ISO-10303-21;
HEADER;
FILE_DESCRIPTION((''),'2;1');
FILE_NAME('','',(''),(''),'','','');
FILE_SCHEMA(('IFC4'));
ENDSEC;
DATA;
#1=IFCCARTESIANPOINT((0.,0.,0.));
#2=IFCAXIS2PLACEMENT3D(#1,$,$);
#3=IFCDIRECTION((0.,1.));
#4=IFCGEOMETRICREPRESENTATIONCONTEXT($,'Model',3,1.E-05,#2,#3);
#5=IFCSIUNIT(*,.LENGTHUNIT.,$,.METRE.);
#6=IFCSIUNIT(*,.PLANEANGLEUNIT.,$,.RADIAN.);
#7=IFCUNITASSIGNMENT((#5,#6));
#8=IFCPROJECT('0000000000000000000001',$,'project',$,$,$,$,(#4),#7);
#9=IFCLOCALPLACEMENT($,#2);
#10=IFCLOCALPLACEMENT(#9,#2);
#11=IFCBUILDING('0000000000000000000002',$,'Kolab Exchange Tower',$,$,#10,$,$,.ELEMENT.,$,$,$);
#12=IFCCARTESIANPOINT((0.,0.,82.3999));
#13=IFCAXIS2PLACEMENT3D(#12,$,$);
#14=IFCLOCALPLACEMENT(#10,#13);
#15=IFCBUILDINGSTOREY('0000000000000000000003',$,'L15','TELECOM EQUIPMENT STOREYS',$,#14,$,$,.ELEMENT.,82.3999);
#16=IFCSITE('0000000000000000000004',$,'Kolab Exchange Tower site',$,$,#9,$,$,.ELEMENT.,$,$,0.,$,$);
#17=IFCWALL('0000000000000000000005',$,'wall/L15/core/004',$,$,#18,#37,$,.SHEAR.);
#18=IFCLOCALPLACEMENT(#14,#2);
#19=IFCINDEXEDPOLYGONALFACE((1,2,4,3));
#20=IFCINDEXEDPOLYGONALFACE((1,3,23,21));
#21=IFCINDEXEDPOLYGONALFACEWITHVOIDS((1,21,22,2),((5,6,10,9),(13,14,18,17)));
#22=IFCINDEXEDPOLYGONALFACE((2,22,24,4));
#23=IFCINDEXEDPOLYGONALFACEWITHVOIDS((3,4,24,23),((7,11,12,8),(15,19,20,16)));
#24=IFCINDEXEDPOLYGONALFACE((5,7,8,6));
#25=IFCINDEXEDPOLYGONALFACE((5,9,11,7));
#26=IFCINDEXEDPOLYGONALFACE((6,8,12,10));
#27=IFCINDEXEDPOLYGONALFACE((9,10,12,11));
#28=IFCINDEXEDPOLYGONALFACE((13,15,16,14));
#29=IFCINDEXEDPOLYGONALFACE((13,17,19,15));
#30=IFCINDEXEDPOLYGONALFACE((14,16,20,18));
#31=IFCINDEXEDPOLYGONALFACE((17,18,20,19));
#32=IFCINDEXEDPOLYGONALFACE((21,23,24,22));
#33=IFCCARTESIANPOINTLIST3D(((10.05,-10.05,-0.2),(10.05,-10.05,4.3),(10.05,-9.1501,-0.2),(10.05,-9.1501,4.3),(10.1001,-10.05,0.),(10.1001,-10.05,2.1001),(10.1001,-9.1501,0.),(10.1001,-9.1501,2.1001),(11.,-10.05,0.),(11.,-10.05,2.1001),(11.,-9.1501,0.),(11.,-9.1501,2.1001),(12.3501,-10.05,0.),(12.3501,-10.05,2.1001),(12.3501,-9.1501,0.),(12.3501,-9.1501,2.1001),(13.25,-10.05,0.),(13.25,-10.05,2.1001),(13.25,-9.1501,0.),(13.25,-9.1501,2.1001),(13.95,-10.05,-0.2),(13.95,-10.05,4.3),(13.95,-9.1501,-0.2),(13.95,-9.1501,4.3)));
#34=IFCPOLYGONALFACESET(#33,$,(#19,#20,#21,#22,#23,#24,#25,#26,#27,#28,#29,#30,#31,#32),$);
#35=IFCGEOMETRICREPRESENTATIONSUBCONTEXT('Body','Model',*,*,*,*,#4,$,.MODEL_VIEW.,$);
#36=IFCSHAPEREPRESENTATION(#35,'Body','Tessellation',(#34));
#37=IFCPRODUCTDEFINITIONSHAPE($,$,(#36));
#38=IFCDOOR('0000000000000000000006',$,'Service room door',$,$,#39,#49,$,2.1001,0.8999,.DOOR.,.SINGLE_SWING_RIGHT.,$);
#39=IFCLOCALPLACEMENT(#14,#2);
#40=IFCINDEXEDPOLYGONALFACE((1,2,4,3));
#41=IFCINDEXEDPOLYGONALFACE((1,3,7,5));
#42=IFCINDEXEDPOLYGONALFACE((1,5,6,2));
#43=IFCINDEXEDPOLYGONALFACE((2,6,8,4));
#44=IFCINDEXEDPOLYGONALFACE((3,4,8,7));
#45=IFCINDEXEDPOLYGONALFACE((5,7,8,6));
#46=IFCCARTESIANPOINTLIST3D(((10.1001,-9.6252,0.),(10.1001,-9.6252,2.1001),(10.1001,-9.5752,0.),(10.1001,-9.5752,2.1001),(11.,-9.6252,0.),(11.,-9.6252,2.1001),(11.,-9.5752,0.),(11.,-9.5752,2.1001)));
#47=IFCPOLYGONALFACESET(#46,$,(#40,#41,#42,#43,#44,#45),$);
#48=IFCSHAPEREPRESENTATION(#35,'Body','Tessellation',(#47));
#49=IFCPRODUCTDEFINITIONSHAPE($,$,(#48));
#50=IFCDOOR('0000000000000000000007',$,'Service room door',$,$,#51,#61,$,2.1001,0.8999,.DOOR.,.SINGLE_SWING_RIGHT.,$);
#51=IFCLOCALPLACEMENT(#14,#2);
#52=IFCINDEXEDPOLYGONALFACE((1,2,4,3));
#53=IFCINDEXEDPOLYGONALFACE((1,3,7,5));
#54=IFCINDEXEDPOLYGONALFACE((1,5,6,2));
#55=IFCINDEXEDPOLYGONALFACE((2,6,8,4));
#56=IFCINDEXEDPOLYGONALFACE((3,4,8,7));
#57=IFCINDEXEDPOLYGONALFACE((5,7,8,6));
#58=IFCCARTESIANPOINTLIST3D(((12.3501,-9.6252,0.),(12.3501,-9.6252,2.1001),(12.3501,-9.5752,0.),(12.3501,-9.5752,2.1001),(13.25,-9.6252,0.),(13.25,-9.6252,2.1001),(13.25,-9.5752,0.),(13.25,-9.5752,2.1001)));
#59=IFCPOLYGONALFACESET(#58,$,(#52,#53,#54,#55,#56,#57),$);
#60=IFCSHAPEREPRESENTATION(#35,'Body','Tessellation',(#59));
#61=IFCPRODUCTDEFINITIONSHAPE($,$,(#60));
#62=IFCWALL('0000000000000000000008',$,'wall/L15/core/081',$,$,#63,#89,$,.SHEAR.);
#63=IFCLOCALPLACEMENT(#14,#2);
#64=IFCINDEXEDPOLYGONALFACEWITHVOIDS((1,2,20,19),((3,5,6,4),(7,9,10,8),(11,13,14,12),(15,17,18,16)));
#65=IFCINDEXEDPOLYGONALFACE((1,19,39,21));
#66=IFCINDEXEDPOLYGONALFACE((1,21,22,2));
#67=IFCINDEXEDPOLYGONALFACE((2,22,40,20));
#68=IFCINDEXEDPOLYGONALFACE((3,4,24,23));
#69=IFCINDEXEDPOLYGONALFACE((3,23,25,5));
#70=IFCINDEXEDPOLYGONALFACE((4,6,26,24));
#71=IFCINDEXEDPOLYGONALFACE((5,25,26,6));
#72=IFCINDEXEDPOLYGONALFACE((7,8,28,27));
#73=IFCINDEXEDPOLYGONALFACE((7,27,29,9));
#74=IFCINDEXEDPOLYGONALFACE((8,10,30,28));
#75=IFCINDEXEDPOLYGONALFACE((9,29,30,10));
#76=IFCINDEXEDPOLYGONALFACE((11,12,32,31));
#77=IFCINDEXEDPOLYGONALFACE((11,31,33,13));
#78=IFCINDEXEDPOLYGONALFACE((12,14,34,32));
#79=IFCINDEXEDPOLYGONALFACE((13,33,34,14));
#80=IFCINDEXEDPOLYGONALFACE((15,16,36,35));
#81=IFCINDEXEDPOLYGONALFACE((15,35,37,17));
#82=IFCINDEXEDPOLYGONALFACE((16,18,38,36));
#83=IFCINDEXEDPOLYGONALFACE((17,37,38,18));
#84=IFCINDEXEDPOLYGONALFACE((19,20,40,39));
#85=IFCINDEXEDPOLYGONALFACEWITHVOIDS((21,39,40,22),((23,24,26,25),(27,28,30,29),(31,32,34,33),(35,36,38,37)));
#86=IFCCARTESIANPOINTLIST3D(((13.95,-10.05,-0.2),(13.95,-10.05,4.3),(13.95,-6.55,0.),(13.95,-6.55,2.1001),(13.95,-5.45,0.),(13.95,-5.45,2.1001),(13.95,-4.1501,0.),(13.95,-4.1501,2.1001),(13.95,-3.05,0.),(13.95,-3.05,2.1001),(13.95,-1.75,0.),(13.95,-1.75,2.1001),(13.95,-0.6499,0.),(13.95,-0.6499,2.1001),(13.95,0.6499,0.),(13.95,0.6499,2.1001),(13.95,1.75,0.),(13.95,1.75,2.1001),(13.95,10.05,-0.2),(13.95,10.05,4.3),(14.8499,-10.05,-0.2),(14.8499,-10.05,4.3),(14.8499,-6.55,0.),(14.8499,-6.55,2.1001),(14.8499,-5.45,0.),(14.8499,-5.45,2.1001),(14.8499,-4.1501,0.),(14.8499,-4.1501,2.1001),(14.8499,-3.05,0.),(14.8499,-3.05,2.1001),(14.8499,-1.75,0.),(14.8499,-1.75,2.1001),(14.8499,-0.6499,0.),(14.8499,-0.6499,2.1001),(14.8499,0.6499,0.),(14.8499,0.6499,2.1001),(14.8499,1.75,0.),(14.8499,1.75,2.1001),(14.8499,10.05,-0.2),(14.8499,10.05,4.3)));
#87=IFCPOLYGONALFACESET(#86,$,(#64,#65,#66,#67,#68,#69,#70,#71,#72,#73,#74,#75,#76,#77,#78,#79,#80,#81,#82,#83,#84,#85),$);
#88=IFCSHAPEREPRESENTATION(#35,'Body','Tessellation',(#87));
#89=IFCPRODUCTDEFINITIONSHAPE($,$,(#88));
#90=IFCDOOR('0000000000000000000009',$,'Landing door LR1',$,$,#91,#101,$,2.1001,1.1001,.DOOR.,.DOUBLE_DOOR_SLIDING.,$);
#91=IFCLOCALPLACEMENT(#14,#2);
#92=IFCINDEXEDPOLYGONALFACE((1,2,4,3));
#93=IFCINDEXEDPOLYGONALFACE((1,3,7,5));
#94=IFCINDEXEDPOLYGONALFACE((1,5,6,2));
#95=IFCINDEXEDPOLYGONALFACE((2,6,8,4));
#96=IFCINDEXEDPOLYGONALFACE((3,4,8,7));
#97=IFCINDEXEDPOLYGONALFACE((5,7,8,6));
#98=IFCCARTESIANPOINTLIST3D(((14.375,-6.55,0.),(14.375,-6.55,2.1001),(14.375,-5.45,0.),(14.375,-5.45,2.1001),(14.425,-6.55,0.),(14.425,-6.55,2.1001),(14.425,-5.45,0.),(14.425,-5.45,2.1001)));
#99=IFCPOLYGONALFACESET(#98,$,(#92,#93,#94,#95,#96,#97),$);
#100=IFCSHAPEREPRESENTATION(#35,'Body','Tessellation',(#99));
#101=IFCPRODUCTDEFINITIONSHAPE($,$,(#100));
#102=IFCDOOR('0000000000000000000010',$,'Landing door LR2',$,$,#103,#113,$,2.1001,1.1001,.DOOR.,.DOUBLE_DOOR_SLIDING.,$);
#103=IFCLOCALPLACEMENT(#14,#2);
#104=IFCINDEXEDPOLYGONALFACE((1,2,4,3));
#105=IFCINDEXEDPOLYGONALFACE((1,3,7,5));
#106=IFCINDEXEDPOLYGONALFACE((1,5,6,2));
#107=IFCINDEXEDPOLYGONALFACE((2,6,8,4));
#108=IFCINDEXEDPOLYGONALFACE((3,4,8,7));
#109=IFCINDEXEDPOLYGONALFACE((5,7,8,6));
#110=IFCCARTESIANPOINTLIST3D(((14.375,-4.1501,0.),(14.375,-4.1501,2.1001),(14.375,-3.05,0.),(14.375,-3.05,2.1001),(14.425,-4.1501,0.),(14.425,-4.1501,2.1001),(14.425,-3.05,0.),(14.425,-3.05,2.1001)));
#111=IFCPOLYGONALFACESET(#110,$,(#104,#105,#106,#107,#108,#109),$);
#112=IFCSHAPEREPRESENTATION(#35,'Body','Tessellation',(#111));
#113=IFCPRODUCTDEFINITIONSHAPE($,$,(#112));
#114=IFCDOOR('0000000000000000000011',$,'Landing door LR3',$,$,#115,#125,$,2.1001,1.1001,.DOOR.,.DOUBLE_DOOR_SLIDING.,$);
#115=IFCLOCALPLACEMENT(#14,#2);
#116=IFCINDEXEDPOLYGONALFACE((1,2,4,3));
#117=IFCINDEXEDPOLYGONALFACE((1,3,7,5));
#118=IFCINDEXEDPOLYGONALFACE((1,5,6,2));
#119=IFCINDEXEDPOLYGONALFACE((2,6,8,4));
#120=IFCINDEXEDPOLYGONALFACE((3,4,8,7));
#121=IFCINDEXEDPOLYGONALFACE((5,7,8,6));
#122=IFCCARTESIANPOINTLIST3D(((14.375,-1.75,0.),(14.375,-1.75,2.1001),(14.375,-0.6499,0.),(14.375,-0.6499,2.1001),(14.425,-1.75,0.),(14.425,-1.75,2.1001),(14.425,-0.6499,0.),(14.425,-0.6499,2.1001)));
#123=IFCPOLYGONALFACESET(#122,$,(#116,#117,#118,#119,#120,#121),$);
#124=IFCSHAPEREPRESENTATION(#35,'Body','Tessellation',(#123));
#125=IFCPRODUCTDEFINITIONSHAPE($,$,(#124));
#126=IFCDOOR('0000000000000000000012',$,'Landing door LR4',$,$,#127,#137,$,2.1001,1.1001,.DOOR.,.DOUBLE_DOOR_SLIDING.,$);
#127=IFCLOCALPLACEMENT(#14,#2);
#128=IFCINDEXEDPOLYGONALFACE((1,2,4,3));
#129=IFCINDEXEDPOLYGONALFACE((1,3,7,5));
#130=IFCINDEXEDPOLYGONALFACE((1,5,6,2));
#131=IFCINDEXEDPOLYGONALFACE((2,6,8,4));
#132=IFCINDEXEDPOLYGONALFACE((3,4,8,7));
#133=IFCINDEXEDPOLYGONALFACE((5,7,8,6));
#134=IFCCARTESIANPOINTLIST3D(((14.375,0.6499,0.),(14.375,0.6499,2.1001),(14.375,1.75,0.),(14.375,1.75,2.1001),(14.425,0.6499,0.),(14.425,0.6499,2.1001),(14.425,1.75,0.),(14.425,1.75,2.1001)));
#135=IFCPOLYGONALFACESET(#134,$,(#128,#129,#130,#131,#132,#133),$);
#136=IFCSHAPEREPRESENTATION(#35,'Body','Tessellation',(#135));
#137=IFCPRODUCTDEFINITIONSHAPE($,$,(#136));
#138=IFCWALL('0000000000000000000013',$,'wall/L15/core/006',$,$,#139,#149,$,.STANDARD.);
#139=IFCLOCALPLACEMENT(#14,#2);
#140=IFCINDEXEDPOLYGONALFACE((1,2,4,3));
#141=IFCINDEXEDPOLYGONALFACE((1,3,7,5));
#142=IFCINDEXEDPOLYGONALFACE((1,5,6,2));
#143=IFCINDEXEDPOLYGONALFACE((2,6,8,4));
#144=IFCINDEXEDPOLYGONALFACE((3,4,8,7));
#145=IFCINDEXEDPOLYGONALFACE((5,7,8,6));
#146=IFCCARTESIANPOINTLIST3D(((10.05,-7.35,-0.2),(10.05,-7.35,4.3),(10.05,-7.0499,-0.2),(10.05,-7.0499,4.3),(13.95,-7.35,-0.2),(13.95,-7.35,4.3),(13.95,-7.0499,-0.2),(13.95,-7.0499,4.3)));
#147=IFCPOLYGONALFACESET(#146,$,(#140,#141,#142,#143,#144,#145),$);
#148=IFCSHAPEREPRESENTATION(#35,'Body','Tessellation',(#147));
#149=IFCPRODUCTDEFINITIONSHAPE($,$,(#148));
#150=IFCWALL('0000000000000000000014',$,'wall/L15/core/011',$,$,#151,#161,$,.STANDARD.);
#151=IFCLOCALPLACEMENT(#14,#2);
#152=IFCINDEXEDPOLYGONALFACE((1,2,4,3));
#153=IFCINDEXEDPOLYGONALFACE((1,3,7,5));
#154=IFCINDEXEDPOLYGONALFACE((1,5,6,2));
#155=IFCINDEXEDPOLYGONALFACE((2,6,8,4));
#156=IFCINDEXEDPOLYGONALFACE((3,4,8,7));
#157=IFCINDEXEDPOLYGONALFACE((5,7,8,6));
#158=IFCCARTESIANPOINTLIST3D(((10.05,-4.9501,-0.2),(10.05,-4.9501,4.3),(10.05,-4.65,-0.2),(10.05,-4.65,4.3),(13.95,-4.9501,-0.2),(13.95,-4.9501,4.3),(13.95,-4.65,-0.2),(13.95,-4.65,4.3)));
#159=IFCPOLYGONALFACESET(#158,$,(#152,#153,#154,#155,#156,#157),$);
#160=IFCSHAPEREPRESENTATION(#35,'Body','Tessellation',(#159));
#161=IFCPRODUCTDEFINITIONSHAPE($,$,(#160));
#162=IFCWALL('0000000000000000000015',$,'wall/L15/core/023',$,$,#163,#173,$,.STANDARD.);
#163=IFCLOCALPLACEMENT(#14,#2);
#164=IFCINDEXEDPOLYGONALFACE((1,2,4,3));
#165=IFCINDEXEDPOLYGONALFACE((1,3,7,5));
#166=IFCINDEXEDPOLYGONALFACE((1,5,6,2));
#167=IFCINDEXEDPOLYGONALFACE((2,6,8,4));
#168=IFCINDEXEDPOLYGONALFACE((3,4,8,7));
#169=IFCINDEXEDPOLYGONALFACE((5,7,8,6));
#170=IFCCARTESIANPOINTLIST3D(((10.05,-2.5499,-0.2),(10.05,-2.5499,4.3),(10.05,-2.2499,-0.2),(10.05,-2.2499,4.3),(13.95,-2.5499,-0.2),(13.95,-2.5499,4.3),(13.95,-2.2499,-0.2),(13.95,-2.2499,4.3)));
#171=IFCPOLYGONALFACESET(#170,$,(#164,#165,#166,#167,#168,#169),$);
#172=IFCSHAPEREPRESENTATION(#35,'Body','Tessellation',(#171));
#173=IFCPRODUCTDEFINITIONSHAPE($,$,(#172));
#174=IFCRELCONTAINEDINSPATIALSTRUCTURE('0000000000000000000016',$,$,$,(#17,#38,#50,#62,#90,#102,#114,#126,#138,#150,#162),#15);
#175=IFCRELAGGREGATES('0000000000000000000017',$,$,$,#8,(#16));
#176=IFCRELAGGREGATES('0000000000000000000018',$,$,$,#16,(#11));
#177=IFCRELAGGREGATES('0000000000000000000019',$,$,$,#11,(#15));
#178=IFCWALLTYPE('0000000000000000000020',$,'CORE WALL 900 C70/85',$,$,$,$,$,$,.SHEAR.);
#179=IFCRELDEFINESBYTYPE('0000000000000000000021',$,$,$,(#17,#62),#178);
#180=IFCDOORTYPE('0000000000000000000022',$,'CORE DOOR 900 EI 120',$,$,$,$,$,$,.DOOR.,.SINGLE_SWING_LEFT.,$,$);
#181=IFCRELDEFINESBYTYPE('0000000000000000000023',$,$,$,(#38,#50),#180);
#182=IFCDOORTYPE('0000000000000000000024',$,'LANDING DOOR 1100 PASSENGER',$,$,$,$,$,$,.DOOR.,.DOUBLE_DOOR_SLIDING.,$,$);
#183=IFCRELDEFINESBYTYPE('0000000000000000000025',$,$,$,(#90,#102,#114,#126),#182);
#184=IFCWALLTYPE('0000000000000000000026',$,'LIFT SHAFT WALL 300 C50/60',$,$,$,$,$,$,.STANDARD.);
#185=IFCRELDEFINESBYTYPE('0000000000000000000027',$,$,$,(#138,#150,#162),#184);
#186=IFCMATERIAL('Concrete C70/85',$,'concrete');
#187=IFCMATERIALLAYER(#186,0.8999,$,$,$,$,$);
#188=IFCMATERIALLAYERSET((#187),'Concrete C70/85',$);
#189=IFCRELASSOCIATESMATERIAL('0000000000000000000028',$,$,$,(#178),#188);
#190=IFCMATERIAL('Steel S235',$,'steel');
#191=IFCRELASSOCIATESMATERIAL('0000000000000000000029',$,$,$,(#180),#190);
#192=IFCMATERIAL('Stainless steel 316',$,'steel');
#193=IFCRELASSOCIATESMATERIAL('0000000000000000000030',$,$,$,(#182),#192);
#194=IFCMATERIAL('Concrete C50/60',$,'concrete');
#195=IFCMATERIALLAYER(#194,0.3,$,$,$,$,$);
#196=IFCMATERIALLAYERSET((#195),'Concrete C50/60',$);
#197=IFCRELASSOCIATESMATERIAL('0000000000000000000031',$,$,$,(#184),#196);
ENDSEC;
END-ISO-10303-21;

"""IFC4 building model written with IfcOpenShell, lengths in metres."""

from ifc_helpers import new_model, si_unit, direction, frame, frame_2d, origin, place, context, subcontext, project, spatial, rectangle, extrude, material, layer, layer_set, type_object, element, fill, save


model = new_model("IFC4")

# Units and contexts
model_context = context("Model", 3, precision=1e-05, world=origin(), true_north=direction((0.0, 1.0)))
body_context = subcontext(model_context, "Body", "Model", "MODEL_VIEW")
ifc_project = project(units=[si_unit("LENGTHUNIT", "METRE"), si_unit("PLANEANGLEUNIT", "RADIAN")], contexts=[model_context])

# Site, building, storey
site_placement = place(None, origin())
site = spatial("IfcSite", under=ifc_project, at=site_placement, Name="Kolab Exchange Tower site", CompositionType="ELEMENT", RefElevation=0.0)
building_placement = place(site_placement, origin())
building = spatial("IfcBuilding", under=site, at=building_placement, Name="Kolab Exchange Tower", CompositionType="ELEMENT")
storey_placement = place(building_placement, frame((0.0, 0.0, 82.3999)))
storey = spatial("IfcBuildingStorey", under=building, at=storey_placement, Name="L15", Description="TELECOM EQUIPMENT STOREYS", CompositionType="ELEMENT", Elevation=82.3999)

# Walls, openings, doors
ifc_material_1 = material(Name="Concrete C70/85", Category="concrete")
ifc_layer_1 = layer(ifc_material_1, 0.8999)
ifc_layer_set_1 = layer_set([ifc_layer_1], Name="Concrete C70/85")
wall_type_1 = type_object("IfcWallType", Name="CORE WALL 900 C70/85", PredefinedType="SHEAR", material=ifc_layer_set_1)
wall_1_placement = place(storey_placement, frame((10.05, -9.6001, -0.2), z_axis=(0.0, 0.0, 1.0), x_axis=(1.0, 0.0, 0.0)))
wall_1 = element("IfcWall", 1, at=wall_1_placement, inside=storey, type_object=wall_type_1, Name="wall/L15/core/004", PredefinedType="SHEAR", context=body_context, shape_type="SweptSolid", body=[
    extrude(rectangle(XDim=3.8999, YDim=0.8999, at=frame_2d((1.95, 0.0))), origin(), (0.0, 0.0, 1.0), 4.5),
])
opening_1_placement = place(wall_1_placement, frame((0.05, 0.0, 0.2)))
opening_1 = element("IfcOpeningElement", 2, at=opening_1_placement, cuts=wall_1, PredefinedType="OPENING", context=body_context, shape_type="SweptSolid", body=[
    extrude(rectangle(XDim=0.8999, YDim=2.1001, at=frame_2d((0.45, 1.05))), frame((0.0, 0.46, 0.0), z_axis=(0.0, -1.0, 0.0), x_axis=(1.0, 0.0, 0.0)), (0.0, 0.0, 1.0), 0.9199),
])
opening_2_placement = place(wall_1_placement, frame((2.3, 0.0, 0.2)))
opening_2 = element("IfcOpeningElement", 3, at=opening_2_placement, cuts=wall_1, PredefinedType="OPENING", context=body_context, shape_type="SweptSolid", body=[
    extrude(rectangle(XDim=0.8999, YDim=2.1001, at=frame_2d((0.45, 1.05))), frame((0.0, 0.46, 0.0), z_axis=(0.0, -1.0, 0.0), x_axis=(1.0, 0.0, 0.0)), (0.0, 0.0, 1.0), 0.9199),
])
ifc_material_2 = material(Name="Steel S235", Category="steel")
door_type_1 = type_object("IfcDoorType", Name="CORE DOOR 900 EI 120", OperationType="SINGLE_SWING_LEFT", PredefinedType="DOOR", material=ifc_material_2)
door_1_placement = place(opening_1_placement, origin())
door_1 = element("IfcDoor", 4, at=door_1_placement, inside=storey, type_object=door_type_1, Name="Service room door", OperationType="SINGLE_SWING_RIGHT", OverallHeight=2.1001, OverallWidth=0.8999, PredefinedType="DOOR", context=body_context, shape_type="SweptSolid", body=[
    extrude(rectangle(XDim=0.8999, YDim=2.1001, at=frame_2d((0.45, 1.05))), frame((0.0, 0.0249, 0.0), z_axis=(0.0, -1.0, 0.0), x_axis=(1.0, 0.0, 0.0)), (0.0, 0.0, 1.0), 0.05),
])
fill(opening_1, door_1)
door_2_placement = place(opening_2_placement, origin())
door_2 = element("IfcDoor", 5, at=door_2_placement, inside=storey, type_object=door_type_1, Name="Service room door", OperationType="SINGLE_SWING_RIGHT", OverallHeight=2.1001, OverallWidth=0.8999, PredefinedType="DOOR", context=body_context, shape_type="SweptSolid", body=[
    extrude(rectangle(XDim=0.8999, YDim=2.1001, at=frame_2d((0.45, 1.05))), frame((0.0, 0.0249, 0.0), z_axis=(0.0, -1.0, 0.0), x_axis=(1.0, 0.0, 0.0)), (0.0, 0.0, 1.0), 0.05),
])
fill(opening_2, door_2)
wall_2_placement = place(storey_placement, frame((14.3999, -10.05, -0.2), z_axis=(0.0, 0.0, 1.0), x_axis=(0.0, 1.0, 0.0)))
wall_2 = element("IfcWall", 6, at=wall_2_placement, inside=storey, type_object=wall_type_1, Name="wall/L15/core/081", PredefinedType="SHEAR", context=body_context, shape_type="SweptSolid", body=[
    extrude(rectangle(XDim=20.1001, YDim=0.8999, at=frame_2d((10.05, 0.0))), origin(), (0.0, 0.0, 1.0), 4.5),
])
opening_3_placement = place(wall_2_placement, frame((3.5, 0.0, 0.2)))
opening_3 = element("IfcOpeningElement", 7, at=opening_3_placement, cuts=wall_2, PredefinedType="OPENING", context=body_context, shape_type="SweptSolid", body=[
    extrude(rectangle(XDim=1.1001, YDim=2.1001, at=frame_2d((0.55, 1.05))), frame((0.0, 0.46, 0.0), z_axis=(0.0, -1.0, 0.0), x_axis=(1.0, 0.0, 0.0)), (0.0, 0.0, 1.0), 0.9199),
])
opening_4_placement = place(wall_2_placement, frame((5.8999, 0.0, 0.2)))
opening_4 = element("IfcOpeningElement", 8, at=opening_4_placement, cuts=wall_2, PredefinedType="OPENING", context=body_context, shape_type="SweptSolid", body=[
    extrude(rectangle(XDim=1.1001, YDim=2.1001, at=frame_2d((0.55, 1.05))), frame((0.0, 0.46, 0.0), z_axis=(0.0, -1.0, 0.0), x_axis=(1.0, 0.0, 0.0)), (0.0, 0.0, 1.0), 0.9199),
])
opening_5_placement = place(wall_2_placement, frame((8.3, 0.0, 0.2)))
opening_5 = element("IfcOpeningElement", 9, at=opening_5_placement, cuts=wall_2, PredefinedType="OPENING", context=body_context, shape_type="SweptSolid", body=[
    extrude(rectangle(XDim=1.1001, YDim=2.1001, at=frame_2d((0.55, 1.05))), frame((0.0, 0.46, 0.0), z_axis=(0.0, -1.0, 0.0), x_axis=(1.0, 0.0, 0.0)), (0.0, 0.0, 1.0), 0.9199),
])
opening_6_placement = place(wall_2_placement, frame((10.7, 0.0, 0.2)))
opening_6 = element("IfcOpeningElement", 10, at=opening_6_placement, cuts=wall_2, PredefinedType="OPENING", context=body_context, shape_type="SweptSolid", body=[
    extrude(rectangle(XDim=1.1001, YDim=2.1001, at=frame_2d((0.55, 1.05))), frame((0.0, 0.46, 0.0), z_axis=(0.0, -1.0, 0.0), x_axis=(1.0, 0.0, 0.0)), (0.0, 0.0, 1.0), 0.9199),
])
ifc_material_3 = material(Name="Stainless steel 316", Category="steel")
door_type_2 = type_object("IfcDoorType", Name="LANDING DOOR 1100 PASSENGER", OperationType="DOUBLE_DOOR_SLIDING", PredefinedType="DOOR", material=ifc_material_3)
door_3_placement = place(opening_3_placement, origin())
door_3 = element("IfcDoor", 11, at=door_3_placement, inside=storey, type_object=door_type_2, Name="Landing door LR1", OperationType="DOUBLE_DOOR_SLIDING", OverallHeight=2.1001, OverallWidth=1.1001, PredefinedType="DOOR", context=body_context, shape_type="SweptSolid", body=[
    extrude(rectangle(XDim=1.1001, YDim=2.1001, at=frame_2d((0.55, 1.05))), frame((0.0, 0.0249, 0.0), z_axis=(0.0, -1.0, 0.0), x_axis=(1.0, 0.0, 0.0)), (0.0, 0.0, 1.0), 0.05),
])
fill(opening_3, door_3)
door_4_placement = place(opening_4_placement, origin())
door_4 = element("IfcDoor", 12, at=door_4_placement, inside=storey, type_object=door_type_2, Name="Landing door LR2", OperationType="DOUBLE_DOOR_SLIDING", OverallHeight=2.1001, OverallWidth=1.1001, PredefinedType="DOOR", context=body_context, shape_type="SweptSolid", body=[
    extrude(rectangle(XDim=1.1001, YDim=2.1001, at=frame_2d((0.55, 1.05))), frame((0.0, 0.0249, 0.0), z_axis=(0.0, -1.0, 0.0), x_axis=(1.0, 0.0, 0.0)), (0.0, 0.0, 1.0), 0.05),
])
fill(opening_4, door_4)
door_5_placement = place(opening_5_placement, origin())
door_5 = element("IfcDoor", 13, at=door_5_placement, inside=storey, type_object=door_type_2, Name="Landing door LR3", OperationType="DOUBLE_DOOR_SLIDING", OverallHeight=2.1001, OverallWidth=1.1001, PredefinedType="DOOR", context=body_context, shape_type="SweptSolid", body=[
    extrude(rectangle(XDim=1.1001, YDim=2.1001, at=frame_2d((0.55, 1.05))), frame((0.0, 0.0249, 0.0), z_axis=(0.0, -1.0, 0.0), x_axis=(1.0, 0.0, 0.0)), (0.0, 0.0, 1.0), 0.05),
])
fill(opening_5, door_5)
door_6_placement = place(opening_6_placement, origin())
door_6 = element("IfcDoor", 14, at=door_6_placement, inside=storey, type_object=door_type_2, Name="Landing door LR4", OperationType="DOUBLE_DOOR_SLIDING", OverallHeight=2.1001, OverallWidth=1.1001, PredefinedType="DOOR", context=body_context, shape_type="SweptSolid", body=[
    extrude(rectangle(XDim=1.1001, YDim=2.1001, at=frame_2d((0.55, 1.05))), frame((0.0, 0.0249, 0.0), z_axis=(0.0, -1.0, 0.0), x_axis=(1.0, 0.0, 0.0)), (0.0, 0.0, 1.0), 0.05),
])
fill(opening_6, door_6)

# Walls
ifc_material_4 = material(Name="Concrete C50/60", Category="concrete")
ifc_layer_2 = layer(ifc_material_4, 0.3)
ifc_layer_set_2 = layer_set([ifc_layer_2], Name="Concrete C50/60")
wall_type_2 = type_object("IfcWallType", Name="LIFT SHAFT WALL 300 C50/60", PredefinedType="STANDARD", material=ifc_layer_set_2)
for number, where, z_axis, x_axis, name in (
    (15, (10.05, -7.2, -0.2), (0.0, 0.0, 1.0), (1.0, 0.0, 0.0), "wall/L15/core/006"),
    (16, (10.05, -4.8, -0.2), (0.0, 0.0, 1.0), (1.0, 0.0, 0.0), "wall/L15/core/011"),
    (17, (10.05, -2.3999, -0.2), (0.0, 0.0, 1.0), (1.0, 0.0, 0.0), "wall/L15/core/023"),
):
    element("IfcWall", number, at=place(storey_placement, frame(where, z_axis=z_axis, x_axis=x_axis)), inside=storey, type_object=wall_type_2, Name=name, PredefinedType="STANDARD", context=body_context, shape_type="SweptSolid", body=[
        extrude(rectangle(XDim=3.8999, YDim=0.3, at=frame_2d((1.95, 0.0))), origin(), (0.0, 0.0, 1.0), 4.5),
    ])

save(model, "model.ifc")
